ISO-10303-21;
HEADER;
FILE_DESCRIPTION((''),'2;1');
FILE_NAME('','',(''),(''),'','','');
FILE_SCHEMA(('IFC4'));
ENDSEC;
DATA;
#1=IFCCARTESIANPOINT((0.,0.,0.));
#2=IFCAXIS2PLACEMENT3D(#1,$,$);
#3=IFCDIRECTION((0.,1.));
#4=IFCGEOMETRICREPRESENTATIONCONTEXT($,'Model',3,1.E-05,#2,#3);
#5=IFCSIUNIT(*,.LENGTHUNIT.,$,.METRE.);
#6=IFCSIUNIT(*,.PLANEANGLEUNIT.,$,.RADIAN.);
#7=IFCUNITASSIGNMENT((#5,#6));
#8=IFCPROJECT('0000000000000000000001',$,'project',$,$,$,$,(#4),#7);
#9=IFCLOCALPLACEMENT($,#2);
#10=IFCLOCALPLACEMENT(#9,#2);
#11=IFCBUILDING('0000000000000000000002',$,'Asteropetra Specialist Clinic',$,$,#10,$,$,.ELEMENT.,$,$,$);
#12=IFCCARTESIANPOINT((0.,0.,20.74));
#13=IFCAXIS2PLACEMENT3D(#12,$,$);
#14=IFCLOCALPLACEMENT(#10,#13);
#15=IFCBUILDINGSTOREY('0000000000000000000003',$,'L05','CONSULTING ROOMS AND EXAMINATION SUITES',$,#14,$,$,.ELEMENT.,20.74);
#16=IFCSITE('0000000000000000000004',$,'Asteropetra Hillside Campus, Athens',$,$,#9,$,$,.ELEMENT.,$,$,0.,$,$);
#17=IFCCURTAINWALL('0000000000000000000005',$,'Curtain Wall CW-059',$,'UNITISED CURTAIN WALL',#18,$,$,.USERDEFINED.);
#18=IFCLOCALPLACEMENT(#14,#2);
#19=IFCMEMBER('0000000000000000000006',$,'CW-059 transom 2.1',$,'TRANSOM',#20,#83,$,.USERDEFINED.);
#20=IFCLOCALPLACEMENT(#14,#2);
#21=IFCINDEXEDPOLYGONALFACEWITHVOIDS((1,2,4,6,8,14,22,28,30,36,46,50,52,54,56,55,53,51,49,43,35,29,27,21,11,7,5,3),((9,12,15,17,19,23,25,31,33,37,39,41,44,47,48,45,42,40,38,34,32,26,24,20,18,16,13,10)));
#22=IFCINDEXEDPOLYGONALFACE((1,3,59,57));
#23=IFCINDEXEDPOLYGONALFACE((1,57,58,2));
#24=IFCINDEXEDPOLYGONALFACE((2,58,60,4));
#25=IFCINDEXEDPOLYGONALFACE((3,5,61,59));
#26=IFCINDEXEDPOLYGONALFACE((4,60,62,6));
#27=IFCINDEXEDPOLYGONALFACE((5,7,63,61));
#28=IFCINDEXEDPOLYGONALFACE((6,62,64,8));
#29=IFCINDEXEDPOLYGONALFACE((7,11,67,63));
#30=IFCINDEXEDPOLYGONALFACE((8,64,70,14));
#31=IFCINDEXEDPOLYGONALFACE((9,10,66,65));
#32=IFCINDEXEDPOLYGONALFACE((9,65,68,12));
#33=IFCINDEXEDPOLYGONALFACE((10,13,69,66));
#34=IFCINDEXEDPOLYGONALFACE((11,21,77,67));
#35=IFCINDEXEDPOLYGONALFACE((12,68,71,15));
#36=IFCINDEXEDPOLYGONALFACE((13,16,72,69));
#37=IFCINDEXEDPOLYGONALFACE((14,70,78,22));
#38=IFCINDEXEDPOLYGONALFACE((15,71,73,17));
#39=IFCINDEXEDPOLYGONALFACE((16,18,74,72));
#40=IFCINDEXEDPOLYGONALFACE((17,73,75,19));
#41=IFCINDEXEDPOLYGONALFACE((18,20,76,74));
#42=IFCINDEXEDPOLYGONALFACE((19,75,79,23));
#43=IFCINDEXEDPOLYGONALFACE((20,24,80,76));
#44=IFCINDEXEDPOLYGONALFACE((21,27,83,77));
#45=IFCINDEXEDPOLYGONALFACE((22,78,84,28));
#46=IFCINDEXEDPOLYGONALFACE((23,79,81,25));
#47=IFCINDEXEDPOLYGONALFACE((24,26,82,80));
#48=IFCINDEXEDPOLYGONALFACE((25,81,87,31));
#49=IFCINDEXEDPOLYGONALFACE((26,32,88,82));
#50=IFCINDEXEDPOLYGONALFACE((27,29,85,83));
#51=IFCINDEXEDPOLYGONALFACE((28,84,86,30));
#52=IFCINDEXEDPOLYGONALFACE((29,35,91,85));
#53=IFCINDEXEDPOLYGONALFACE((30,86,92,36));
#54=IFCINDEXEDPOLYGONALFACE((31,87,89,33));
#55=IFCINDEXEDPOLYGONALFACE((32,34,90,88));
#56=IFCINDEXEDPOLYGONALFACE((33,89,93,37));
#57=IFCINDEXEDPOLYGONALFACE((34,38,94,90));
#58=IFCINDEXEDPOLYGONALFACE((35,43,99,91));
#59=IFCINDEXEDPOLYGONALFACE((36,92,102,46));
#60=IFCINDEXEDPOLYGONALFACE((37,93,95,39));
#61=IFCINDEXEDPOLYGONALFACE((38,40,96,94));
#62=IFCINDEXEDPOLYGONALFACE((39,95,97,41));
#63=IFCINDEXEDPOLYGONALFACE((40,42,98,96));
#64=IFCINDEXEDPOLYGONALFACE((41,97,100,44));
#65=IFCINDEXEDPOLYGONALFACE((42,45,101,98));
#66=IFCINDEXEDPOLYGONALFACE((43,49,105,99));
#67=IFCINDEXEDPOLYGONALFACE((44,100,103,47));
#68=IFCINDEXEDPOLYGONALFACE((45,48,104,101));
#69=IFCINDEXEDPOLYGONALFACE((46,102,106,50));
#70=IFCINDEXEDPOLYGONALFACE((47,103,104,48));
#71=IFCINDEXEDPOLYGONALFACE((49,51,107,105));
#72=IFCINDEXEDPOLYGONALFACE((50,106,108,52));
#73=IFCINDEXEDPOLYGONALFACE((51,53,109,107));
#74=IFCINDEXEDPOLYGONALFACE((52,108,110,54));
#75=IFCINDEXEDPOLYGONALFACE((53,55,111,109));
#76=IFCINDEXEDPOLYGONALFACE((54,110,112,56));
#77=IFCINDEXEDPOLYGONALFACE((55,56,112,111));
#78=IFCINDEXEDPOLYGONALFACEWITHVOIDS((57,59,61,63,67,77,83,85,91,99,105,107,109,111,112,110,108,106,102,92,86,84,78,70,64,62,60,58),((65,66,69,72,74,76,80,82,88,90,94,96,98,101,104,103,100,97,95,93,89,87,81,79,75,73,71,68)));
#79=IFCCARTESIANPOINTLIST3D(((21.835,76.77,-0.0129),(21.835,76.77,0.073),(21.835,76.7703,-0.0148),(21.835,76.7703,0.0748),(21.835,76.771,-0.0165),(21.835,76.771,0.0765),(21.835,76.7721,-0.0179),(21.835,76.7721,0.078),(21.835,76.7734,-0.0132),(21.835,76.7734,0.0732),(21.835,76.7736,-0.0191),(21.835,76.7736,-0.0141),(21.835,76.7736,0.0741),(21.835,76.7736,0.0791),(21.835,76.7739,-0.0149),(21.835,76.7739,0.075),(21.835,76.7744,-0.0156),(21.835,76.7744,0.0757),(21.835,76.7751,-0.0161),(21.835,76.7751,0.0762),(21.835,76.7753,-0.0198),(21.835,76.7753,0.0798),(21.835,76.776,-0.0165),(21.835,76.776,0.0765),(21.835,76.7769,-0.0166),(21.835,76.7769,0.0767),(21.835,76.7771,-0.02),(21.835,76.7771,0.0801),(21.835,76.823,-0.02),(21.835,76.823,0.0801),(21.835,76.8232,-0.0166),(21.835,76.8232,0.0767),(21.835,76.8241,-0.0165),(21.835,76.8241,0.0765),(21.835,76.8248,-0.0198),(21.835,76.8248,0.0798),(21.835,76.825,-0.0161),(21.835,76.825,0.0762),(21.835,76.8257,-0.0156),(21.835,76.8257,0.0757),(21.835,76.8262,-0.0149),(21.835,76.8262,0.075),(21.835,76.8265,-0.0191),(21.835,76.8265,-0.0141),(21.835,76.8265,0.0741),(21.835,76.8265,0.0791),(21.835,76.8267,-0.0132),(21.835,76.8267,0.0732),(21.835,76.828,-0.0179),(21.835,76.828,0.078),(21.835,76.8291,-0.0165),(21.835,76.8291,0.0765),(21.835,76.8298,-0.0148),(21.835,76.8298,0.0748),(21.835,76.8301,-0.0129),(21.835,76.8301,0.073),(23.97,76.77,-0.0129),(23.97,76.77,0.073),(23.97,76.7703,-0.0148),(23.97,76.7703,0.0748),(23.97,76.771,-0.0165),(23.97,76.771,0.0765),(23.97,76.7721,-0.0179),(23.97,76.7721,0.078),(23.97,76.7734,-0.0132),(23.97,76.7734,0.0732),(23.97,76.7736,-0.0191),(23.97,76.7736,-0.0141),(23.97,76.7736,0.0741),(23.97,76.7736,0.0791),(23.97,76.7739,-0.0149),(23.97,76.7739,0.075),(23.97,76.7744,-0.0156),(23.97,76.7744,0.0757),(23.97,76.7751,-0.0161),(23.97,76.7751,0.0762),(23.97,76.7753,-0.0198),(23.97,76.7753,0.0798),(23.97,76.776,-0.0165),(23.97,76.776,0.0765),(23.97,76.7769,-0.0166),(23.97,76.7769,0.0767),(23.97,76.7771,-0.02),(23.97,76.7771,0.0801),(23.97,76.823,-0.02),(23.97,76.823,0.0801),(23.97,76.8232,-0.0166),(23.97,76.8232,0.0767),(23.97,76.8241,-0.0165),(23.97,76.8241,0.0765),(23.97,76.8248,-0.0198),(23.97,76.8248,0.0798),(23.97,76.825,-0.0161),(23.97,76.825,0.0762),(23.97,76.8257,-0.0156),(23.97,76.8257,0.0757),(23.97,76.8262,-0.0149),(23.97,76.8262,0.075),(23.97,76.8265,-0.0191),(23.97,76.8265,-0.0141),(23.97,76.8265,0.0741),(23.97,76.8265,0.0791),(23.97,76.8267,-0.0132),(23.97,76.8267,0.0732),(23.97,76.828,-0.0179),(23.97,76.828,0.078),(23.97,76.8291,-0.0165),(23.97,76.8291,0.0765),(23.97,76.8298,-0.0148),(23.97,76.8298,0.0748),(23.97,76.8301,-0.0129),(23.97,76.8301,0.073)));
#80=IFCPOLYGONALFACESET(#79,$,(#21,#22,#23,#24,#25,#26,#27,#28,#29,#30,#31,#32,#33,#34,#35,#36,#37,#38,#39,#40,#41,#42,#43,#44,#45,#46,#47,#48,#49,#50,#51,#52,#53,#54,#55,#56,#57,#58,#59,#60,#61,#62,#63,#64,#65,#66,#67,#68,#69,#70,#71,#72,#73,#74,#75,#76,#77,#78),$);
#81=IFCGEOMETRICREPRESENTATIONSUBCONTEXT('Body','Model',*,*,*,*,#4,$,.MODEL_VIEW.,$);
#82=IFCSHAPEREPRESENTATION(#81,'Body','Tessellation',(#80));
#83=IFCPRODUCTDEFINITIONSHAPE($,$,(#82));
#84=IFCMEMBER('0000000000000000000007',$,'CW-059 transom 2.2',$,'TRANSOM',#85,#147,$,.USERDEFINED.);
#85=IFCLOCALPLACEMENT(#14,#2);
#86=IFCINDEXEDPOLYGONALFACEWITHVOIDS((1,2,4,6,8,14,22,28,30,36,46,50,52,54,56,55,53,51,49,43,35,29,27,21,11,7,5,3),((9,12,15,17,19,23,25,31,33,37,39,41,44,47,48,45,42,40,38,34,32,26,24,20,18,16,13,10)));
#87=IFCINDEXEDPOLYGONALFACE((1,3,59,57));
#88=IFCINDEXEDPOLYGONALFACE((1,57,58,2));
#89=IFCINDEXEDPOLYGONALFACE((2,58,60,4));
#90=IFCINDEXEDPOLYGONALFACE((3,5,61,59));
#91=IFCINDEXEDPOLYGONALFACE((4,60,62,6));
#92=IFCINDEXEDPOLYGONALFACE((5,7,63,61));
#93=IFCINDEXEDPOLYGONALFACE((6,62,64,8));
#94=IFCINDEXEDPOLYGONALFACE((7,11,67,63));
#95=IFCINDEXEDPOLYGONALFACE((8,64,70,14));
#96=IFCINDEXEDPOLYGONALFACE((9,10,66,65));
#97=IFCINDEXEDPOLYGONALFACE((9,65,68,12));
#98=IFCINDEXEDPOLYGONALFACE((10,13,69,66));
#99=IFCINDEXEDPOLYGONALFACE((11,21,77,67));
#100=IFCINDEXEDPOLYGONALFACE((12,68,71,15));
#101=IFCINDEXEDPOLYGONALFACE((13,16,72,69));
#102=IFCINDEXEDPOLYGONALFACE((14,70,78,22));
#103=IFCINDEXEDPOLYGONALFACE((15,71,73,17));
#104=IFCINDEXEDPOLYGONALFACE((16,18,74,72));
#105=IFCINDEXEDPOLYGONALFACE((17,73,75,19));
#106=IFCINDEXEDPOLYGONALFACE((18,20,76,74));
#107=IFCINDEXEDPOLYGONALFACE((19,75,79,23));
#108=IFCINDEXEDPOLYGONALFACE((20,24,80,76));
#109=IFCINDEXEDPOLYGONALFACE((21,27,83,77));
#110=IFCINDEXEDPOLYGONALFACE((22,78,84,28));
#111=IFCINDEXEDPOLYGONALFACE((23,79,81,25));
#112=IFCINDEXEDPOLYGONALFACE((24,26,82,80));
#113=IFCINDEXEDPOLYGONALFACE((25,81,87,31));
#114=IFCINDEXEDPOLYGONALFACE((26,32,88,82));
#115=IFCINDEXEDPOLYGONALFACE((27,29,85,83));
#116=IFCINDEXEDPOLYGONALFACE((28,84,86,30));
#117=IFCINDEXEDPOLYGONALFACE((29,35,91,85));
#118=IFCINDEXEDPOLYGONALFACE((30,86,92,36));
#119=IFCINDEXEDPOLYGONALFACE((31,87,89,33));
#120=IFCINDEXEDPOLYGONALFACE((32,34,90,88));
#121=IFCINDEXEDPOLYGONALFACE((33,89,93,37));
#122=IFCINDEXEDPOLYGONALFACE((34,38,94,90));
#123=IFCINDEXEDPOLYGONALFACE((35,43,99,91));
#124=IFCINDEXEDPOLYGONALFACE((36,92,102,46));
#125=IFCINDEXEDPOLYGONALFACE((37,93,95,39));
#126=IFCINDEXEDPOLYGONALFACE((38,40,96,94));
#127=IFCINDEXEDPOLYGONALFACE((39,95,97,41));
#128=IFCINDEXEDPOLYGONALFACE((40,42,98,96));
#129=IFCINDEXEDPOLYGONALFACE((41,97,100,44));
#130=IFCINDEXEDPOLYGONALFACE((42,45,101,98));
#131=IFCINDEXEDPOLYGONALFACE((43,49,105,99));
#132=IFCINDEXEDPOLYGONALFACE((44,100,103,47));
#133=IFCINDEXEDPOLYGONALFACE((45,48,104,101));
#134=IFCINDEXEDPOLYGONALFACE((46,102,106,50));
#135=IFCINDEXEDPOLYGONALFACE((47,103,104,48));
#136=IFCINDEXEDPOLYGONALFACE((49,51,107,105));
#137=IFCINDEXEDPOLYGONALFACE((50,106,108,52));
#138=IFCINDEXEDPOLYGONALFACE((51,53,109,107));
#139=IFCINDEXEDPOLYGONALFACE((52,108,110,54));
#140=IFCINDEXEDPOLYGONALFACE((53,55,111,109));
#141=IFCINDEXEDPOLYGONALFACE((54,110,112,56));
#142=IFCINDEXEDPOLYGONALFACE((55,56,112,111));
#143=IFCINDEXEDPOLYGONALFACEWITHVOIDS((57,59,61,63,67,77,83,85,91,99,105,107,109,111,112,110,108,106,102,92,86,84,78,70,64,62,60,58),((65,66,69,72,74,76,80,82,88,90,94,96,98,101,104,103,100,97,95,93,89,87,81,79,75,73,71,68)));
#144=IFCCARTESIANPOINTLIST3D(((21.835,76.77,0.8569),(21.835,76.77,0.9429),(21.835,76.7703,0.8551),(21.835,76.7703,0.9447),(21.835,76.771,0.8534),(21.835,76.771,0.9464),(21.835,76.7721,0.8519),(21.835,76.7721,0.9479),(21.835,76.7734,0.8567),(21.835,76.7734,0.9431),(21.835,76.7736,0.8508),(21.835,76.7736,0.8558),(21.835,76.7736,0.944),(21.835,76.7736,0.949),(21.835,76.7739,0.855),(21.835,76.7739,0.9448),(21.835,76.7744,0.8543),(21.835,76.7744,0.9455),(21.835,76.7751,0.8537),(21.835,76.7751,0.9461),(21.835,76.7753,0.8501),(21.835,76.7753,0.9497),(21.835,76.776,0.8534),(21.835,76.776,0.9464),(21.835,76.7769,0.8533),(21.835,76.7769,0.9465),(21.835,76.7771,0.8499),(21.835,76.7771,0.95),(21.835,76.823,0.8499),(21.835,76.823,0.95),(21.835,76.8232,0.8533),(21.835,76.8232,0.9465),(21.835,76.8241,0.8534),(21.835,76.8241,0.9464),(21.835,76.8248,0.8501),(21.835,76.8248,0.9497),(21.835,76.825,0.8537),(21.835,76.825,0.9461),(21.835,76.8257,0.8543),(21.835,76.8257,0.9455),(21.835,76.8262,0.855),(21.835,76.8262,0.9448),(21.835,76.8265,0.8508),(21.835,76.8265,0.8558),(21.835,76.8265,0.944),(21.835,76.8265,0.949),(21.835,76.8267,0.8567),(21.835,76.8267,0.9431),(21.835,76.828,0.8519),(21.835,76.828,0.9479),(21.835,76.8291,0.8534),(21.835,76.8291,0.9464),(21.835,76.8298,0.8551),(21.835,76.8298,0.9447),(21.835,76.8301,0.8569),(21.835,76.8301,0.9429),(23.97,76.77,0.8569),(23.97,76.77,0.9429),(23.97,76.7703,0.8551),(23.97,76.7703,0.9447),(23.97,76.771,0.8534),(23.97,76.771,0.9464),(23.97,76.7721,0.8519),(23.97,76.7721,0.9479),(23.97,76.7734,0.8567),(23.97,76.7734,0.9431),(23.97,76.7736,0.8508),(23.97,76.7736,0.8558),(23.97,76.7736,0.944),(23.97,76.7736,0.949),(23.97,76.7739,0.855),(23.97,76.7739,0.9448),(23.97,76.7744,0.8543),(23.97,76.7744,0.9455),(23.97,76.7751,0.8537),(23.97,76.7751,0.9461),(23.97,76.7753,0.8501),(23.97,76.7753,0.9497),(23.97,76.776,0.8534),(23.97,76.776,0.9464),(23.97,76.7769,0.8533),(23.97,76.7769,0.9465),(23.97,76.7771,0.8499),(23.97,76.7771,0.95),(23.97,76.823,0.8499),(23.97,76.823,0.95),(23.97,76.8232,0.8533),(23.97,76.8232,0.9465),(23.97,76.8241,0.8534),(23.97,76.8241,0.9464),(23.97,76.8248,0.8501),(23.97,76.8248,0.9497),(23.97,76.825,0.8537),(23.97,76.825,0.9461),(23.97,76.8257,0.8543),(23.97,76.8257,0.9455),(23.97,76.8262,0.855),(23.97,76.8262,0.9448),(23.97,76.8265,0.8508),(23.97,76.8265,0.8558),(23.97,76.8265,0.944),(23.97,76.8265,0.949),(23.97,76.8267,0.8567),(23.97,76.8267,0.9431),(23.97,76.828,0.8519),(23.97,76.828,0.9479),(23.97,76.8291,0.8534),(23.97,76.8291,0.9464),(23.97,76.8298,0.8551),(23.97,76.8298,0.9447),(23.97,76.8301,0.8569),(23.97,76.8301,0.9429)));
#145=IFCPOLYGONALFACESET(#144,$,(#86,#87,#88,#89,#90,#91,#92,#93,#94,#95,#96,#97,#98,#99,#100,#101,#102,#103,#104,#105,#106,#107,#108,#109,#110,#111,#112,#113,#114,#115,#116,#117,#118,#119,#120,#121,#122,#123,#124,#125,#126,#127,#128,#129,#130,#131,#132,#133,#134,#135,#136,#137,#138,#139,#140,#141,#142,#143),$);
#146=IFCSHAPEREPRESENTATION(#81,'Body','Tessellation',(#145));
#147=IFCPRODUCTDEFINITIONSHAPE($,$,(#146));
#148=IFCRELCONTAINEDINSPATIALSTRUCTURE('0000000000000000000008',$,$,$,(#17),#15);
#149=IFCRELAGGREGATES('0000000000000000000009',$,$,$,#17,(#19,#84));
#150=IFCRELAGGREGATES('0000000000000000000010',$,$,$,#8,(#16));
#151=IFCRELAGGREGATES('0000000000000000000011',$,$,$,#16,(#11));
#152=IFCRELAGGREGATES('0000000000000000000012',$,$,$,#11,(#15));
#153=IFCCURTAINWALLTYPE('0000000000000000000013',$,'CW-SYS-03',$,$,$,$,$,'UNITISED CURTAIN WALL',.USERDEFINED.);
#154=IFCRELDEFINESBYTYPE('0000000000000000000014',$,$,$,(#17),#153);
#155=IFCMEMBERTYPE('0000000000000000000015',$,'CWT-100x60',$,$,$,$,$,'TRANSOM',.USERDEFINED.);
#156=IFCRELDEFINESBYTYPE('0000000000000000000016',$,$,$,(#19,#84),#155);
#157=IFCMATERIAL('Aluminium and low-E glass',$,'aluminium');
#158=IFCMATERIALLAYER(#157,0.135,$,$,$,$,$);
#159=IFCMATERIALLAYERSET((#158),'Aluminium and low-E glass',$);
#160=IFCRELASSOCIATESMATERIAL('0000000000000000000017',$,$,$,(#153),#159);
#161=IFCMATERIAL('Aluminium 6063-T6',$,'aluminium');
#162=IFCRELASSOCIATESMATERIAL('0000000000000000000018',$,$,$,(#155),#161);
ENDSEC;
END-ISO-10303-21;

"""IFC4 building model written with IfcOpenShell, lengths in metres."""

from ifc_helpers import new_model, si_unit, direction, frame, origin, origin_2d, place, context, subcontext, project, spatial, hollow_rectangle, extrude, material, layer, layer_set, material_profile, profile_set, type_object, element, aggregate, save


model = new_model("IFC4")

# Units and contexts
model_context = context("Model", 3, precision=1e-05, world=origin(), true_north=direction((0.0, 1.0)))
body_context = subcontext(model_context, "Body", "Model", "MODEL_VIEW")
ifc_project = project(units=[si_unit("LENGTHUNIT", "METRE"), si_unit("PLANEANGLEUNIT", "RADIAN")], contexts=[model_context])

# Site, building, storey
site_placement = place(None, origin())
site = spatial("IfcSite", under=ifc_project, at=site_placement, Name="Asteropetra Hillside Campus, Athens", CompositionType="ELEMENT", RefElevation=0.0)
building_placement = place(site_placement, origin())
building = spatial("IfcBuilding", under=site, at=building_placement, Name="Asteropetra Specialist Clinic", CompositionType="ELEMENT")
storey_placement = place(building_placement, frame((0.0, 0.0, 20.74)))
storey = spatial("IfcBuildingStorey", under=building, at=storey_placement, Name="L05", Description="CONSULTING ROOMS AND EXAMINATION SUITES", CompositionType="ELEMENT", Elevation=20.74)

# Curtain wall
ifc_material_1 = material(Name="Aluminium and low-E glass", Category="aluminium")
ifc_layer_1 = layer(ifc_material_1, 0.135)
ifc_layer_set_1 = layer_set([ifc_layer_1], Name="Aluminium and low-E glass")
curtain_wall_type_1 = type_object("IfcCurtainWallType", Name="CW-SYS-03", ElementType="UNITISED CURTAIN WALL", PredefinedType="USERDEFINED", material=ifc_layer_set_1)
curtain_wall_1_placement = place(storey_placement, origin())
curtain_wall_1 = element("IfcCurtainWall", 1, at=curtain_wall_1_placement, inside=storey, type_object=curtain_wall_type_1, Name="Curtain Wall CW-059", ObjectType="UNITISED CURTAIN WALL", PredefinedType="USERDEFINED")

# Members
ifc_material_2 = material(Name="Aluminium 6063-T6", Category="aluminium")
ifc_material_profile_1 = material_profile(ifc_material_2, hollow_rectangle(XDim=0.0601, YDim=0.1001, WallThickness=0.0034, InnerFilletRadius=0.0034, OuterFilletRadius=0.0071, at=origin_2d()), Name="TRN 100x60x3.5")
ifc_profile_set_1 = profile_set([ifc_material_profile_1], Name="Aluminium 6063-T6")
member_type_1 = type_object("IfcMemberType", Name="CWT-100x60", ElementType="TRANSOM", PredefinedType="USERDEFINED", material=ifc_profile_set_1)
member_1_placement = place(storey_placement, frame((21.835, 76.8, 0.03), z_axis=(1.0, 0.0, 0.0), x_axis=(0.0, 1.0, 0.0)))
member_1 = element("IfcMember", 2, at=member_1_placement, type_object=member_type_1, Name="CW-059 transom 2.1", ObjectType="TRANSOM", PredefinedType="USERDEFINED", context=body_context, shape_type="SweptSolid", body=[
    extrude(hollow_rectangle(XDim=0.0601, YDim=0.1001, WallThickness=0.0034, InnerFilletRadius=0.0034, OuterFilletRadius=0.0071, at=origin_2d()), origin(), (0.0, 0.0, 1.0), 2.135),
])
member_2_placement = place(storey_placement, frame((21.835, 76.8, 0.8999), z_axis=(1.0, 0.0, 0.0), x_axis=(0.0, 1.0, 0.0)))
member_2 = element("IfcMember", 3, at=member_2_placement, type_object=member_type_1, Name="CW-059 transom 2.2", ObjectType="TRANSOM", PredefinedType="USERDEFINED", context=body_context, shape_type="SweptSolid", body=[
    extrude(hollow_rectangle(XDim=0.0601, YDim=0.1001, WallThickness=0.0034, InnerFilletRadius=0.0034, OuterFilletRadius=0.0071, at=origin_2d()), origin(), (0.0, 0.0, 1.0), 2.135),
])

aggregate(curtain_wall_1, [member_1, member_2])

save(model, "model.ifc")
